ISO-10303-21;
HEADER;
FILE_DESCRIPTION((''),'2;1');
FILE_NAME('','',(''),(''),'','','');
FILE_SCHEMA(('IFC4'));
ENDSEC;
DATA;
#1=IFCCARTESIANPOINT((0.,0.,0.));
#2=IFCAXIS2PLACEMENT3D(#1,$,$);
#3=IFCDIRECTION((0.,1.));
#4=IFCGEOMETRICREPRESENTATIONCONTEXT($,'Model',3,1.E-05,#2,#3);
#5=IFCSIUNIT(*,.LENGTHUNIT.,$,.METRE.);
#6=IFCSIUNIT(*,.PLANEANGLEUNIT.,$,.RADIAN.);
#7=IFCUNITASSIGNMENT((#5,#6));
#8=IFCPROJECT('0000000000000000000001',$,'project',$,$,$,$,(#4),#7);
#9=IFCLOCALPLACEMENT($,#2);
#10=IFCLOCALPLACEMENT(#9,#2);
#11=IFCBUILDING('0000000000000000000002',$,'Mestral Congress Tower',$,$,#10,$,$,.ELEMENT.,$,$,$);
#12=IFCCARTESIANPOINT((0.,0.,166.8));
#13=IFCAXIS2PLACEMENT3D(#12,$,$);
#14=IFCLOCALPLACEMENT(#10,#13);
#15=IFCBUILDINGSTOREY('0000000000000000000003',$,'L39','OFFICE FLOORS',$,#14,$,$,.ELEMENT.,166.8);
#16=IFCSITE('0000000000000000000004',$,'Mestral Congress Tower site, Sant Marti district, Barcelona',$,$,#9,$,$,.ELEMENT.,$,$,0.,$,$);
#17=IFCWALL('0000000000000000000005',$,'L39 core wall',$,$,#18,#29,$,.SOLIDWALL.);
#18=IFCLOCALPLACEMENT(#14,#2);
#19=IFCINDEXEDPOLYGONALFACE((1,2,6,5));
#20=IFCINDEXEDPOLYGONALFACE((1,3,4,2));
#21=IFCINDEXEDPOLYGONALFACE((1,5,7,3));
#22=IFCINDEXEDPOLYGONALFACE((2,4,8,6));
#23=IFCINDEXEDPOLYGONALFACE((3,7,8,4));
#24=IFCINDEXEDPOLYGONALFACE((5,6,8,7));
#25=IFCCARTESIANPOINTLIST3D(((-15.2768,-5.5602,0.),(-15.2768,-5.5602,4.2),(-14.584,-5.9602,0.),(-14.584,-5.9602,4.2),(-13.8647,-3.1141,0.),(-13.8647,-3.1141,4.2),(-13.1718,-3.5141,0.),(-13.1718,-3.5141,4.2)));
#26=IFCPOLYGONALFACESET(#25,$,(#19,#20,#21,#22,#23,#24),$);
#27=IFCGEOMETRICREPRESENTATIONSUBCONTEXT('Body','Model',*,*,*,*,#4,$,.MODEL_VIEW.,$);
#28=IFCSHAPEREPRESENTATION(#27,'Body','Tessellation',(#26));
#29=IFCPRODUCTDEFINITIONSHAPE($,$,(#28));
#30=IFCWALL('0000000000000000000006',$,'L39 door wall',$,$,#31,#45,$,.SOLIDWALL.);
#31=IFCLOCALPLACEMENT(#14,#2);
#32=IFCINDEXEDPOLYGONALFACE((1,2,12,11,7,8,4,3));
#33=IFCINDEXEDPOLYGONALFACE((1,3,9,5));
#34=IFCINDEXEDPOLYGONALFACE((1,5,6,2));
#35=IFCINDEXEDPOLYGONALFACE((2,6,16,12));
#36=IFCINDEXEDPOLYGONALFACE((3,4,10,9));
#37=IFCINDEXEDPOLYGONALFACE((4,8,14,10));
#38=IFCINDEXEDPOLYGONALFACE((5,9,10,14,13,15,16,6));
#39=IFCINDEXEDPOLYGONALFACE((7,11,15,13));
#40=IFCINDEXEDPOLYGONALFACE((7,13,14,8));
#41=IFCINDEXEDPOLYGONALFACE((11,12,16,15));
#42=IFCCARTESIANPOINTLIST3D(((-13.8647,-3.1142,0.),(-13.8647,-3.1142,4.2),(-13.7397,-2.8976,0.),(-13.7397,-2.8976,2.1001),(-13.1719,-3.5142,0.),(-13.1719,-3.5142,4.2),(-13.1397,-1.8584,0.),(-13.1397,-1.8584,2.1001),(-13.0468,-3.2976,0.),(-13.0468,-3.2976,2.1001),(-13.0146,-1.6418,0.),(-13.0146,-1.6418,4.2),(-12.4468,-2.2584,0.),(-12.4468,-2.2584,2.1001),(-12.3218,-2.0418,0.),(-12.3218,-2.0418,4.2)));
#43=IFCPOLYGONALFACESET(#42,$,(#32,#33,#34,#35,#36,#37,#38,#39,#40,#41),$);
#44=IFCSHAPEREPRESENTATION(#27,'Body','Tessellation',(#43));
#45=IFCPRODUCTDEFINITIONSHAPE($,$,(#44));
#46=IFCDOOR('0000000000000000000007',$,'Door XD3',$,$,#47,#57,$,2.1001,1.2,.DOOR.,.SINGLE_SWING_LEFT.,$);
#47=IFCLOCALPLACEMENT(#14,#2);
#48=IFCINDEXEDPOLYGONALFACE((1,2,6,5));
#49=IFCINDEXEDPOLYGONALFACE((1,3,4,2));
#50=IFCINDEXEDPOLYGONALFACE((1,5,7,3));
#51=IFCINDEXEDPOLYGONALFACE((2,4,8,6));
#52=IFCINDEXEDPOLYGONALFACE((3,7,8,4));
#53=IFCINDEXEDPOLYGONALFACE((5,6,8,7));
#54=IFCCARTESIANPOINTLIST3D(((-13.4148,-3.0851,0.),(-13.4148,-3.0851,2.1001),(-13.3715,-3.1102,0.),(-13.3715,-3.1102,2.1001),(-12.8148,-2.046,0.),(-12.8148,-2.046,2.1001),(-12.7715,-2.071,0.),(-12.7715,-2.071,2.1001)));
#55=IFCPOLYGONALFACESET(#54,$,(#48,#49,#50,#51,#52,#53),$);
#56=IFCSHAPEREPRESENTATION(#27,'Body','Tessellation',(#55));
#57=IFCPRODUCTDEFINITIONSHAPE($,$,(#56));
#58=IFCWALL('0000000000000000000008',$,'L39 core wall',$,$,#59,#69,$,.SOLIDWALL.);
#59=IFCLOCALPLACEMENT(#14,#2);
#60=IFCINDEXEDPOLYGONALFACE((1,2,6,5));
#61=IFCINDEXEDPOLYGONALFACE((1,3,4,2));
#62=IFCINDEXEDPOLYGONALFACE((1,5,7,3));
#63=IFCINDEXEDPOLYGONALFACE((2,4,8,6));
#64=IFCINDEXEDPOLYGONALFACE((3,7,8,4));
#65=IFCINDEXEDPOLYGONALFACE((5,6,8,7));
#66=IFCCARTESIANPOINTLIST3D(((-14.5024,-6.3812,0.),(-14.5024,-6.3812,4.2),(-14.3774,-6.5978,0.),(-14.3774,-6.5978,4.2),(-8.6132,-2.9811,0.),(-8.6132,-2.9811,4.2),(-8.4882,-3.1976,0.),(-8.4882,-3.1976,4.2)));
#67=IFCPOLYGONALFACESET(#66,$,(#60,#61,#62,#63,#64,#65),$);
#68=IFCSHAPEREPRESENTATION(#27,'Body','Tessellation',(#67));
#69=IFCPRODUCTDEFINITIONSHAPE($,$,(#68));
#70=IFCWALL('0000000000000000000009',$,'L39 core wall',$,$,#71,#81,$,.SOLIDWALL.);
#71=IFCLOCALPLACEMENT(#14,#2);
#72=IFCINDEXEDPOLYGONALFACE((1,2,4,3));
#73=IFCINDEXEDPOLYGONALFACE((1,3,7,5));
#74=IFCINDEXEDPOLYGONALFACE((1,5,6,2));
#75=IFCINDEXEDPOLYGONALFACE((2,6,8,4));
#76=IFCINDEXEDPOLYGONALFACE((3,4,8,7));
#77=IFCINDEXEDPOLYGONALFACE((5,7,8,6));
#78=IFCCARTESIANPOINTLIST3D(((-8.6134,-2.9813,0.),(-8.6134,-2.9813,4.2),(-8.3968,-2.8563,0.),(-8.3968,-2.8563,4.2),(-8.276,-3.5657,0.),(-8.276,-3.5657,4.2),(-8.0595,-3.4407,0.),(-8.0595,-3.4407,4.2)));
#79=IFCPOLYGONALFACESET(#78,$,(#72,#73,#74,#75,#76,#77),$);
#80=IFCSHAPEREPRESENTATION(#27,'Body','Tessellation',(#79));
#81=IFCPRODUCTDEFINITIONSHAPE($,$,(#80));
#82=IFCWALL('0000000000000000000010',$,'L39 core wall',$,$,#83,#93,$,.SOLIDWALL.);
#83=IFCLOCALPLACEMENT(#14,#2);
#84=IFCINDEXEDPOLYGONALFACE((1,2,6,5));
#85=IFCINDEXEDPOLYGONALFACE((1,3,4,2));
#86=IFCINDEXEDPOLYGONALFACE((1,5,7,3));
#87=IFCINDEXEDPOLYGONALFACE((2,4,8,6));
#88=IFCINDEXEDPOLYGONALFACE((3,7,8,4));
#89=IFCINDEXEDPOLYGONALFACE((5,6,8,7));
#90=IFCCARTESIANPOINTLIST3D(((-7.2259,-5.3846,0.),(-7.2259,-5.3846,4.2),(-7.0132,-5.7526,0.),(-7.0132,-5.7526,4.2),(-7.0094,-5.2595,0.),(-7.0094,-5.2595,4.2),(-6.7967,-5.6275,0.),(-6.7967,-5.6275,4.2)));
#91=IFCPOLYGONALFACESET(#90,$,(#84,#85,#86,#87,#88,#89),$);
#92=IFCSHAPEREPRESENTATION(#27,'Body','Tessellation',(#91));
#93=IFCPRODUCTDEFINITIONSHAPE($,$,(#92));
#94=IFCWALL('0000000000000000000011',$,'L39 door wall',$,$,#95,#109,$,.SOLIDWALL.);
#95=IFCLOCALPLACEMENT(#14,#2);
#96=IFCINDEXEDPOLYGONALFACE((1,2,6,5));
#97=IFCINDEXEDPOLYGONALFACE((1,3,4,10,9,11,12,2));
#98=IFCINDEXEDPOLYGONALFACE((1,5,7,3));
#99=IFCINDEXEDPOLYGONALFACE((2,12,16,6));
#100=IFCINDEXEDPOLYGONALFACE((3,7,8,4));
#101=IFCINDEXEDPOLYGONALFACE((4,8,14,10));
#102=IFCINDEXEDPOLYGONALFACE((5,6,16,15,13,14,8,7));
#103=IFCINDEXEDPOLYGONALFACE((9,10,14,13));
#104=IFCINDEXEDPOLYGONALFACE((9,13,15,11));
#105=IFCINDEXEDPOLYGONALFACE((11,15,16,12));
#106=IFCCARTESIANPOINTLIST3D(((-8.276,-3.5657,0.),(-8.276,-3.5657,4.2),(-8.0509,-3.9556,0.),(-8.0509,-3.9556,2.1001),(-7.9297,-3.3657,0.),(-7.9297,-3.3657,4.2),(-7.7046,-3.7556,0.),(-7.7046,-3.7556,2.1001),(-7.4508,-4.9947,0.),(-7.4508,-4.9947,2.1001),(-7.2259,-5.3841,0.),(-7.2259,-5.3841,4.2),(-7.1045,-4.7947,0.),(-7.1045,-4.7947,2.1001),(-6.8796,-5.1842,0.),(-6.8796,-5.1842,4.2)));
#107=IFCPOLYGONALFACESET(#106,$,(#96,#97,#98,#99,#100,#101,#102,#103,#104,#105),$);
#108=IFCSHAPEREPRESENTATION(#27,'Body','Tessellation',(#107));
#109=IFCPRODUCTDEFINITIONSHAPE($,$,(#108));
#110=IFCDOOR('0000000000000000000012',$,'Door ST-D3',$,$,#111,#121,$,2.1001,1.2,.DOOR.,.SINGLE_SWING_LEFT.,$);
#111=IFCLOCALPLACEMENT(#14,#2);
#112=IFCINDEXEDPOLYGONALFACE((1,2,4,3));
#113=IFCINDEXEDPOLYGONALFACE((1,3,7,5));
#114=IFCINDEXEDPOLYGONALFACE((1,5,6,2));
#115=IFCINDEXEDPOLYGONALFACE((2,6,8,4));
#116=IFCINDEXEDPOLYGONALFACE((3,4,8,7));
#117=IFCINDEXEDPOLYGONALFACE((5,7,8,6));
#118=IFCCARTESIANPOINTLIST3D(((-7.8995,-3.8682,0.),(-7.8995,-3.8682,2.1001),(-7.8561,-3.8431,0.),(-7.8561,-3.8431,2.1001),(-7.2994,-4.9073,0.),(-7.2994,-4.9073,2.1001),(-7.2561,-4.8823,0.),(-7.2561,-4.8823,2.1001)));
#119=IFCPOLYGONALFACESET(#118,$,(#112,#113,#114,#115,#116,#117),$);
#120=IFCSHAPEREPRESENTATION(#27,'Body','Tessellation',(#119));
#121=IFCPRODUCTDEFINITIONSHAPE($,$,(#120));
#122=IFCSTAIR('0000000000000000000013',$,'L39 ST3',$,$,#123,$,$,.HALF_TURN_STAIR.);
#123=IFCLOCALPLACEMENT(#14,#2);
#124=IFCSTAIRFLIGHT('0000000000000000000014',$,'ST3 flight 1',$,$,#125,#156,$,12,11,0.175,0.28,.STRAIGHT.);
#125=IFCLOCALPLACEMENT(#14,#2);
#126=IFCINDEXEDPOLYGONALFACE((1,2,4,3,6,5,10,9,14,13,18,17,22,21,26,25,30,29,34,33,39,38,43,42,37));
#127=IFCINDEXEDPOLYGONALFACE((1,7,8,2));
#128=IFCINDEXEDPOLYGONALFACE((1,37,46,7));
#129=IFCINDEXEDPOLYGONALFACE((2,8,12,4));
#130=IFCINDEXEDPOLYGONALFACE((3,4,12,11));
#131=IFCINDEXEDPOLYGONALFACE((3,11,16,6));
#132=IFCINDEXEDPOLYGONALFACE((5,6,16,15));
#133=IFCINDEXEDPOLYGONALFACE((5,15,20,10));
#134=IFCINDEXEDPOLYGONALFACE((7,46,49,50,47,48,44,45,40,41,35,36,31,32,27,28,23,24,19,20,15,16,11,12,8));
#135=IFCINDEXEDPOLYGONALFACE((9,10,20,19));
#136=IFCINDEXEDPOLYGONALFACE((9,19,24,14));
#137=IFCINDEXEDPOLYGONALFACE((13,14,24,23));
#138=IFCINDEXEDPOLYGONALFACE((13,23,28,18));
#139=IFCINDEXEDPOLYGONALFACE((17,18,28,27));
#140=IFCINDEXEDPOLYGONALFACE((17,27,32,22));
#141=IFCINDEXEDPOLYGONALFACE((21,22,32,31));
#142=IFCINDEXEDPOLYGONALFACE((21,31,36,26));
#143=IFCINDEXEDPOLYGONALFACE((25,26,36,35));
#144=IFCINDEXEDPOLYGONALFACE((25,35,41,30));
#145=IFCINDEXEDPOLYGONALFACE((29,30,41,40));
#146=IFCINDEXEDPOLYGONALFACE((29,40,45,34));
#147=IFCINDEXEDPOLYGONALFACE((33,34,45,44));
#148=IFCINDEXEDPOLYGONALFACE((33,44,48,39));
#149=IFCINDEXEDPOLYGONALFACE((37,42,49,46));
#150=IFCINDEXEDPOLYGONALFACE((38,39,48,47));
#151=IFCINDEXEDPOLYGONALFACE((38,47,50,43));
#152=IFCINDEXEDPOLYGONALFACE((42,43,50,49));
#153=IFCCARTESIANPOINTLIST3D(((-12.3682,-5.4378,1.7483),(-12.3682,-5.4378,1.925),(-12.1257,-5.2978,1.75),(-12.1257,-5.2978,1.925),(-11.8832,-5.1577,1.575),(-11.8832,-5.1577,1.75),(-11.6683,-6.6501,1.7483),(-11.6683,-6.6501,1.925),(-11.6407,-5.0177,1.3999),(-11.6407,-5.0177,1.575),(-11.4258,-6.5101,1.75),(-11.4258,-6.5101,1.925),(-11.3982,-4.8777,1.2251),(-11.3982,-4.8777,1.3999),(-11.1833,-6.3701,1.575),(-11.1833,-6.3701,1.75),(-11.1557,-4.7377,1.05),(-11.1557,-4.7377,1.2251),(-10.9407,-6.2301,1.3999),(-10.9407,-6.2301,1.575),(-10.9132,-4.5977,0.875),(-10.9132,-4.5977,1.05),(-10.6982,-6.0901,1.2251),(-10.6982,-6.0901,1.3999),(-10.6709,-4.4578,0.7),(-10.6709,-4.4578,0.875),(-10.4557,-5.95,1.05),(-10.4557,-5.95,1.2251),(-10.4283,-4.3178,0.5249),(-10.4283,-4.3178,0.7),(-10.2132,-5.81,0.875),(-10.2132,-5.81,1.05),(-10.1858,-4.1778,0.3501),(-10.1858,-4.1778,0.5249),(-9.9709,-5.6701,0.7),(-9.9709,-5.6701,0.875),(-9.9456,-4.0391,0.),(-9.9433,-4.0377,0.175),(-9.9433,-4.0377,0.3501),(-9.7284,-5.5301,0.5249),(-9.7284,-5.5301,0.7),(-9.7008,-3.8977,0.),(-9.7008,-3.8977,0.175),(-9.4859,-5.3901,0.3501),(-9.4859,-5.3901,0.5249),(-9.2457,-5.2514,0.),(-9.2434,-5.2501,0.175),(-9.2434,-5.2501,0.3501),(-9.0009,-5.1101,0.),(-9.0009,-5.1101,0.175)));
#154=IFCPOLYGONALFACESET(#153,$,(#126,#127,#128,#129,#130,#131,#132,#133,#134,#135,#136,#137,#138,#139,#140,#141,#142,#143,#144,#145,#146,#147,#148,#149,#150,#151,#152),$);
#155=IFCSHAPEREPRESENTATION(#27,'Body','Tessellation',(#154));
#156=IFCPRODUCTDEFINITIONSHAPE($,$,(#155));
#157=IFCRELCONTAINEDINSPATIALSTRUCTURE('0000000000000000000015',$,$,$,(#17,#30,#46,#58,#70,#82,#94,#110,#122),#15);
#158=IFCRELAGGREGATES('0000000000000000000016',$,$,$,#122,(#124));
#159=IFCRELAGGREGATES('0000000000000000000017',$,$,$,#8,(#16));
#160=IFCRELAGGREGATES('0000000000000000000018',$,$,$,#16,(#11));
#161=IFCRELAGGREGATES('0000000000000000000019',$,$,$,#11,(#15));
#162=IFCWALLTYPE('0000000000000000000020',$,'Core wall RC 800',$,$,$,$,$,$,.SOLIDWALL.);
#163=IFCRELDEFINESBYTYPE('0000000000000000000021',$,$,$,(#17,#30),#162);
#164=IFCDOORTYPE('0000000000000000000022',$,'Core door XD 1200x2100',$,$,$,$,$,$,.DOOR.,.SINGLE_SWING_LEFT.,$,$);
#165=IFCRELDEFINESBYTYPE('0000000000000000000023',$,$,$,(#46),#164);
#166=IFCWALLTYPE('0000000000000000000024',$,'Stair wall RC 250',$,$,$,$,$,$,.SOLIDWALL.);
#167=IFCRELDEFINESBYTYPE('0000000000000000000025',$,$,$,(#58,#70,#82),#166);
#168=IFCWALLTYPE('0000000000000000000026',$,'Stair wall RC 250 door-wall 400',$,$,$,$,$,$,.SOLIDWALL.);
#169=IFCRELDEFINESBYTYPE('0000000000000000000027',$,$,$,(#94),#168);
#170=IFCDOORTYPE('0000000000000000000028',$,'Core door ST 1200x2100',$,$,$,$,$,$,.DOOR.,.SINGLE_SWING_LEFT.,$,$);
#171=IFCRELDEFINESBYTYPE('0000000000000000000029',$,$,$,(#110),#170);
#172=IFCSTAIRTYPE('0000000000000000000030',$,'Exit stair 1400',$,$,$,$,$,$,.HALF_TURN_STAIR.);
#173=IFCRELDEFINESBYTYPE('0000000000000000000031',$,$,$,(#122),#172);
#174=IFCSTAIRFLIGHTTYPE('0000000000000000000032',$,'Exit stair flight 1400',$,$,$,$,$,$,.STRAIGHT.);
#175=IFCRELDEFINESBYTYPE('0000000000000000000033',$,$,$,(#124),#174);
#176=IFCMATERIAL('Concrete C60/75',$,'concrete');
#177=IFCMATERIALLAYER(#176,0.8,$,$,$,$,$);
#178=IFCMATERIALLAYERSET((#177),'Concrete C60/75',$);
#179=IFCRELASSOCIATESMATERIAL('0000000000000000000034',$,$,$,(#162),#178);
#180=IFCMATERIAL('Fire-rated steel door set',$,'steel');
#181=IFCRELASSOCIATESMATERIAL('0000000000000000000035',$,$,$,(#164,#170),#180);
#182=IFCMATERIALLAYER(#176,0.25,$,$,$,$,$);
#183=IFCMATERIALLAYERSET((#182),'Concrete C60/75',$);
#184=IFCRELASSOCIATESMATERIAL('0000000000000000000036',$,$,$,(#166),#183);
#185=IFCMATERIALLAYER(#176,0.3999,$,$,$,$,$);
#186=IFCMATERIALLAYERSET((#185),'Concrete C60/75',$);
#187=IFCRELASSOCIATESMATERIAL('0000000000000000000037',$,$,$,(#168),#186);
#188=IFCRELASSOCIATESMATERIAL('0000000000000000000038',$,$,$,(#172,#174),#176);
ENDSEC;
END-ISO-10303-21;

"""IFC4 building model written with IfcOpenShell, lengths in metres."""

from ifc_helpers import new_model, si_unit, direction, frame, frame_2d, origin, place, context, subcontext, project, spatial, polyline, rectangle, outline, extrude, material, layer, layer_set, type_object, element, fill, aggregate, save


model = new_model("IFC4")

# Units and contexts
model_context = context("Model", 3, precision=1e-05, world=origin(), true_north=direction((0.0, 1.0)))
body_context = subcontext(model_context, "Body", "Model", "MODEL_VIEW")
ifc_project = project(units=[si_unit("LENGTHUNIT", "METRE"), si_unit("PLANEANGLEUNIT", "RADIAN")], contexts=[model_context])

# Site, building, storey
site_placement = place(None, origin())
site = spatial("IfcSite", under=ifc_project, at=site_placement, Name="Mestral Congress Tower site, Sant Marti district, Barcelona", CompositionType="ELEMENT", RefElevation=0.0)
building_placement = place(site_placement, origin())
building = spatial("IfcBuilding", under=site, at=building_placement, Name="Mestral Congress Tower", CompositionType="ELEMENT")
storey_placement = place(building_placement, frame((0.0, 0.0, 166.8)))
storey = spatial("IfcBuildingStorey", under=building, at=storey_placement, Name="L39", Description="OFFICE FLOORS", CompositionType="ELEMENT", Elevation=166.8)

# Wall
ifc_material_1 = material(Name="Concrete C60/75", Category="concrete")
ifc_layer_1 = layer(ifc_material_1, 0.8)
ifc_layer_set_1 = layer_set([ifc_layer_1], Name="Concrete C60/75")
wall_type_1 = type_object("IfcWallType", Name="Core wall RC 800", PredefinedType="SOLIDWALL", material=ifc_layer_set_1)
wall_1_placement = place(storey_placement, frame((-13.5183, -3.3142, 0.0), z_axis=(0.0, 0.0, 1.0), x_axis=(-0.499969, -0.866043, 0.0)))
element("IfcWall", 1, at=wall_1_placement, inside=storey, type_object=wall_type_1, Name="L39 core wall", PredefinedType="SOLIDWALL", context=body_context, shape_type="SweptSolid", body=[
    extrude(rectangle(XDim=2.8245, YDim=0.8, at=frame_2d((1.4121, 0.0))), origin(), (0.0, 0.0, 1.0), 4.2),
])

# Wall, opening, door
wall_2_placement = place(storey_placement, frame((-13.5183, -3.3142, 0.0), z_axis=(0.0, 0.0, 1.0), x_axis=(0.5, 0.866025, 0.0)))
wall_2 = element("IfcWall", 2, at=wall_2_placement, inside=storey, type_object=wall_type_1, Name="L39 door wall", PredefinedType="SOLIDWALL", context=body_context, shape_type="SweptSolid", body=[
    extrude(rectangle(XDim=1.7002, YDim=0.8, at=frame_2d((0.8501, 0.0))), origin(), (0.0, 0.0, 1.0), 4.2),
])
opening_1_placement = place(wall_2_placement, frame((0.25, 0.0, 0.0)))
opening_1 = element("IfcOpeningElement", 3, at=opening_1_placement, cuts=wall_2, PredefinedType="OPENING", context=body_context, shape_type="SweptSolid", body=[
    extrude(rectangle(XDim=1.2, YDim=2.1001, at=frame_2d((0.6001, 1.05))), frame((0.0, 0.4099, 0.0), z_axis=(0.0, -1.0, 0.0), x_axis=(1.0, 0.0, 0.0)), (0.0, 0.0, 1.0), 0.8201),
])
ifc_material_2 = material(Name="Fire-rated steel door set", Category="steel")
door_type_1 = type_object("IfcDoorType", Name="Core door XD 1200x2100", OperationType="SINGLE_SWING_LEFT", PredefinedType="DOOR", material=ifc_material_2)
door_1_placement = place(opening_1_placement, origin())
door_1 = element("IfcDoor", 4, at=door_1_placement, inside=storey, type_object=door_type_1, Name="Door XD3", OperationType="SINGLE_SWING_LEFT", OverallHeight=2.1001, OverallWidth=1.2, PredefinedType="DOOR", context=body_context, shape_type="SweptSolid", body=[
    extrude(rectangle(XDim=1.2, YDim=2.1001, at=frame_2d((0.6001, 1.05))), frame((0.0, 0.0249, 0.0), z_axis=(0.0, -1.0, 0.0), x_axis=(1.0, 0.0, 0.0)), (0.0, 0.0, 1.0), 0.05),
])
fill(opening_1, door_1)

# Walls
ifc_layer_2 = layer(ifc_material_1, 0.25)
ifc_layer_set_2 = layer_set([ifc_layer_2], Name="Concrete C60/75")
wall_type_2 = type_object("IfcWallType", Name="Stair wall RC 250", PredefinedType="SOLIDWALL", material=ifc_layer_set_2)
wall_3_placement = place(storey_placement, frame((-14.4399, -6.4895, 0.0), z_axis=(0.0, 0.0, 1.0), x_axis=(0.866023, 0.500004, 0.0)))
element("IfcWall", 5, at=wall_3_placement, inside=storey, type_object=wall_type_2, Name="L39 core wall", PredefinedType="SOLIDWALL", context=body_context, shape_type="SweptSolid", body=[
    extrude(rectangle(XDim=6.8003, YDim=0.25, at=frame_2d((3.4001, 0.0))), origin(), (0.0, 0.0, 1.0), 4.2),
])
wall_4_placement = place(storey_placement, frame((-8.1677, -3.5032, 0.0), z_axis=(0.0, 0.0, 1.0), x_axis=(-0.499952, 0.866053, 0.0)))
element("IfcWall", 6, at=wall_4_placement, inside=storey, type_object=wall_type_2, Name="L39 core wall", PredefinedType="SOLIDWALL", context=body_context, shape_type="SweptSolid", body=[
    extrude(rectangle(XDim=0.6748, YDim=0.25, at=frame_2d((0.3374, 0.0))), origin(), (0.0, 0.0, 1.0), 4.2),
])
wall_5_placement = place(storey_placement, frame((-6.905, -5.6899, 0.0), z_axis=(0.0, 0.0, 1.0), x_axis=(-0.500402, 0.865793, 0.0)))
element("IfcWall", 7, at=wall_5_placement, inside=storey, type_object=wall_type_2, Name="L39 core wall", PredefinedType="SOLIDWALL", context=body_context, shape_type="SweptSolid", body=[
    extrude(rectangle(XDim=0.425, YDim=0.25, at=frame_2d((0.2124, 0.0))), origin(), (0.0, 0.0, 1.0), 4.2),
])

# Wall, opening, door
ifc_layer_3 = layer(ifc_material_1, 0.3999)
ifc_layer_set_3 = layer_set([ifc_layer_3], Name="Concrete C60/75")
wall_type_3 = type_object("IfcWallType", Name="Stair wall RC 250 door-wall 400", PredefinedType="SOLIDWALL", material=ifc_layer_set_3)
wall_6_placement = place(storey_placement, frame((-8.1028, -3.4658, 0.0), z_axis=(0.0, 0.0, 1.0), x_axis=(0.500078, -0.86598, 0.0)))
wall_6 = element("IfcWall", 8, at=wall_6_placement, inside=storey, type_object=wall_type_3, Name="L39 door wall", PredefinedType="SOLIDWALL", context=body_context, shape_type="SweptSolid", body=[
    extrude(rectangle(XDim=2.0999, YDim=0.3999, at=frame_2d((1.0498, 0.0))), origin(), (0.0, 0.0, 1.0), 4.2),
])
opening_2_placement = place(wall_6_placement, frame((0.45, 0.0, 0.0)))
opening_2 = element("IfcOpeningElement", 9, at=opening_2_placement, cuts=wall_6, PredefinedType="OPENING", context=body_context, shape_type="SweptSolid", body=[
    extrude(rectangle(XDim=1.2, YDim=2.1001, at=frame_2d((0.6001, 1.05))), frame((0.0, 0.21, 0.0), z_axis=(0.0, -1.0, 0.0), x_axis=(1.0, 0.0, 0.0)), (0.0, 0.0, 1.0), 0.4199),
])
door_type_2 = type_object("IfcDoorType", Name="Core door ST 1200x2100", OperationType="SINGLE_SWING_LEFT", PredefinedType="DOOR", material=ifc_material_2)
door_2_placement = place(opening_2_placement, origin())
door_2 = element("IfcDoor", 10, at=door_2_placement, inside=storey, type_object=door_type_2, Name="Door ST-D3", OperationType="SINGLE_SWING_LEFT", OverallHeight=2.1001, OverallWidth=1.2, PredefinedType="DOOR", context=body_context, shape_type="SweptSolid", body=[
    extrude(rectangle(XDim=1.2, YDim=2.1001, at=frame_2d((0.6001, 1.05))), frame((0.0, 0.0249, 0.0), z_axis=(0.0, -1.0, 0.0), x_axis=(1.0, 0.0, 0.0)), (0.0, 0.0, 1.0), 0.05),
])
fill(opening_2, door_2)

# Stair, stair flight
stair_type = type_object("IfcStairType", Name="Exit stair 1400", PredefinedType="HALF_TURN_STAIR", material=ifc_material_1)
stair_placement = place(storey_placement, origin())
stair = element("IfcStair", 11, at=stair_placement, inside=storey, type_object=stair_type, Name="L39 ST3", PredefinedType="HALF_TURN_STAIR")
stair_flight_type = type_object("IfcStairFlightType", Name="Exit stair flight 1400", PredefinedType="STRAIGHT", material=ifc_material_1)
stair_flight_placement = place(storey_placement, frame((-9.3508, -4.5039, 0.0), z_axis=(0.0, 0.0, 1.0), x_axis=(-0.866025, -0.5, 0.0)))
stair_flight = element("IfcStairFlight", 12, at=stair_flight_placement, type_object=stair_flight_type, Name="ST3 flight 1", NumberOfRisers=12, NumberOfTreads=11, PredefinedType="STRAIGHT", RiserHeight=0.175, TreadLength=0.28, context=body_context, shape_type="SweptSolid", body=[
    extrude(outline(polyline([(0.0, 0.0), (0.0, 0.175), (0.28, 0.175), (0.28, 0.3501), (0.5601, 0.3501), (0.5601, 0.5249), (0.8401, 0.5249), (0.8401, 0.7), (1.1201, 0.7), (1.1201, 0.875), (1.3999, 0.875), (1.3999, 1.05), (1.6799, 1.05), (1.6799, 1.2251), (1.96, 1.2251), (1.96, 1.3999), (2.24, 1.3999), (2.24, 1.575), (2.52, 1.575), (2.52, 1.75), (2.8, 1.75), (2.8, 1.925), (3.0801, 1.925), (3.0801, 2.1001), (3.0801, 1.7483), (0.2827, 0.0), (0.0, 0.0)])), frame((0.0, 0.7, 0.0), z_axis=(0.0, -1.0, 0.0), x_axis=(1.0, 0.0, 0.0)), (0.0, 0.0, 1.0), 1.3999),
])
aggregate(stair, [stair_flight])

save(model, "model.ifc")
